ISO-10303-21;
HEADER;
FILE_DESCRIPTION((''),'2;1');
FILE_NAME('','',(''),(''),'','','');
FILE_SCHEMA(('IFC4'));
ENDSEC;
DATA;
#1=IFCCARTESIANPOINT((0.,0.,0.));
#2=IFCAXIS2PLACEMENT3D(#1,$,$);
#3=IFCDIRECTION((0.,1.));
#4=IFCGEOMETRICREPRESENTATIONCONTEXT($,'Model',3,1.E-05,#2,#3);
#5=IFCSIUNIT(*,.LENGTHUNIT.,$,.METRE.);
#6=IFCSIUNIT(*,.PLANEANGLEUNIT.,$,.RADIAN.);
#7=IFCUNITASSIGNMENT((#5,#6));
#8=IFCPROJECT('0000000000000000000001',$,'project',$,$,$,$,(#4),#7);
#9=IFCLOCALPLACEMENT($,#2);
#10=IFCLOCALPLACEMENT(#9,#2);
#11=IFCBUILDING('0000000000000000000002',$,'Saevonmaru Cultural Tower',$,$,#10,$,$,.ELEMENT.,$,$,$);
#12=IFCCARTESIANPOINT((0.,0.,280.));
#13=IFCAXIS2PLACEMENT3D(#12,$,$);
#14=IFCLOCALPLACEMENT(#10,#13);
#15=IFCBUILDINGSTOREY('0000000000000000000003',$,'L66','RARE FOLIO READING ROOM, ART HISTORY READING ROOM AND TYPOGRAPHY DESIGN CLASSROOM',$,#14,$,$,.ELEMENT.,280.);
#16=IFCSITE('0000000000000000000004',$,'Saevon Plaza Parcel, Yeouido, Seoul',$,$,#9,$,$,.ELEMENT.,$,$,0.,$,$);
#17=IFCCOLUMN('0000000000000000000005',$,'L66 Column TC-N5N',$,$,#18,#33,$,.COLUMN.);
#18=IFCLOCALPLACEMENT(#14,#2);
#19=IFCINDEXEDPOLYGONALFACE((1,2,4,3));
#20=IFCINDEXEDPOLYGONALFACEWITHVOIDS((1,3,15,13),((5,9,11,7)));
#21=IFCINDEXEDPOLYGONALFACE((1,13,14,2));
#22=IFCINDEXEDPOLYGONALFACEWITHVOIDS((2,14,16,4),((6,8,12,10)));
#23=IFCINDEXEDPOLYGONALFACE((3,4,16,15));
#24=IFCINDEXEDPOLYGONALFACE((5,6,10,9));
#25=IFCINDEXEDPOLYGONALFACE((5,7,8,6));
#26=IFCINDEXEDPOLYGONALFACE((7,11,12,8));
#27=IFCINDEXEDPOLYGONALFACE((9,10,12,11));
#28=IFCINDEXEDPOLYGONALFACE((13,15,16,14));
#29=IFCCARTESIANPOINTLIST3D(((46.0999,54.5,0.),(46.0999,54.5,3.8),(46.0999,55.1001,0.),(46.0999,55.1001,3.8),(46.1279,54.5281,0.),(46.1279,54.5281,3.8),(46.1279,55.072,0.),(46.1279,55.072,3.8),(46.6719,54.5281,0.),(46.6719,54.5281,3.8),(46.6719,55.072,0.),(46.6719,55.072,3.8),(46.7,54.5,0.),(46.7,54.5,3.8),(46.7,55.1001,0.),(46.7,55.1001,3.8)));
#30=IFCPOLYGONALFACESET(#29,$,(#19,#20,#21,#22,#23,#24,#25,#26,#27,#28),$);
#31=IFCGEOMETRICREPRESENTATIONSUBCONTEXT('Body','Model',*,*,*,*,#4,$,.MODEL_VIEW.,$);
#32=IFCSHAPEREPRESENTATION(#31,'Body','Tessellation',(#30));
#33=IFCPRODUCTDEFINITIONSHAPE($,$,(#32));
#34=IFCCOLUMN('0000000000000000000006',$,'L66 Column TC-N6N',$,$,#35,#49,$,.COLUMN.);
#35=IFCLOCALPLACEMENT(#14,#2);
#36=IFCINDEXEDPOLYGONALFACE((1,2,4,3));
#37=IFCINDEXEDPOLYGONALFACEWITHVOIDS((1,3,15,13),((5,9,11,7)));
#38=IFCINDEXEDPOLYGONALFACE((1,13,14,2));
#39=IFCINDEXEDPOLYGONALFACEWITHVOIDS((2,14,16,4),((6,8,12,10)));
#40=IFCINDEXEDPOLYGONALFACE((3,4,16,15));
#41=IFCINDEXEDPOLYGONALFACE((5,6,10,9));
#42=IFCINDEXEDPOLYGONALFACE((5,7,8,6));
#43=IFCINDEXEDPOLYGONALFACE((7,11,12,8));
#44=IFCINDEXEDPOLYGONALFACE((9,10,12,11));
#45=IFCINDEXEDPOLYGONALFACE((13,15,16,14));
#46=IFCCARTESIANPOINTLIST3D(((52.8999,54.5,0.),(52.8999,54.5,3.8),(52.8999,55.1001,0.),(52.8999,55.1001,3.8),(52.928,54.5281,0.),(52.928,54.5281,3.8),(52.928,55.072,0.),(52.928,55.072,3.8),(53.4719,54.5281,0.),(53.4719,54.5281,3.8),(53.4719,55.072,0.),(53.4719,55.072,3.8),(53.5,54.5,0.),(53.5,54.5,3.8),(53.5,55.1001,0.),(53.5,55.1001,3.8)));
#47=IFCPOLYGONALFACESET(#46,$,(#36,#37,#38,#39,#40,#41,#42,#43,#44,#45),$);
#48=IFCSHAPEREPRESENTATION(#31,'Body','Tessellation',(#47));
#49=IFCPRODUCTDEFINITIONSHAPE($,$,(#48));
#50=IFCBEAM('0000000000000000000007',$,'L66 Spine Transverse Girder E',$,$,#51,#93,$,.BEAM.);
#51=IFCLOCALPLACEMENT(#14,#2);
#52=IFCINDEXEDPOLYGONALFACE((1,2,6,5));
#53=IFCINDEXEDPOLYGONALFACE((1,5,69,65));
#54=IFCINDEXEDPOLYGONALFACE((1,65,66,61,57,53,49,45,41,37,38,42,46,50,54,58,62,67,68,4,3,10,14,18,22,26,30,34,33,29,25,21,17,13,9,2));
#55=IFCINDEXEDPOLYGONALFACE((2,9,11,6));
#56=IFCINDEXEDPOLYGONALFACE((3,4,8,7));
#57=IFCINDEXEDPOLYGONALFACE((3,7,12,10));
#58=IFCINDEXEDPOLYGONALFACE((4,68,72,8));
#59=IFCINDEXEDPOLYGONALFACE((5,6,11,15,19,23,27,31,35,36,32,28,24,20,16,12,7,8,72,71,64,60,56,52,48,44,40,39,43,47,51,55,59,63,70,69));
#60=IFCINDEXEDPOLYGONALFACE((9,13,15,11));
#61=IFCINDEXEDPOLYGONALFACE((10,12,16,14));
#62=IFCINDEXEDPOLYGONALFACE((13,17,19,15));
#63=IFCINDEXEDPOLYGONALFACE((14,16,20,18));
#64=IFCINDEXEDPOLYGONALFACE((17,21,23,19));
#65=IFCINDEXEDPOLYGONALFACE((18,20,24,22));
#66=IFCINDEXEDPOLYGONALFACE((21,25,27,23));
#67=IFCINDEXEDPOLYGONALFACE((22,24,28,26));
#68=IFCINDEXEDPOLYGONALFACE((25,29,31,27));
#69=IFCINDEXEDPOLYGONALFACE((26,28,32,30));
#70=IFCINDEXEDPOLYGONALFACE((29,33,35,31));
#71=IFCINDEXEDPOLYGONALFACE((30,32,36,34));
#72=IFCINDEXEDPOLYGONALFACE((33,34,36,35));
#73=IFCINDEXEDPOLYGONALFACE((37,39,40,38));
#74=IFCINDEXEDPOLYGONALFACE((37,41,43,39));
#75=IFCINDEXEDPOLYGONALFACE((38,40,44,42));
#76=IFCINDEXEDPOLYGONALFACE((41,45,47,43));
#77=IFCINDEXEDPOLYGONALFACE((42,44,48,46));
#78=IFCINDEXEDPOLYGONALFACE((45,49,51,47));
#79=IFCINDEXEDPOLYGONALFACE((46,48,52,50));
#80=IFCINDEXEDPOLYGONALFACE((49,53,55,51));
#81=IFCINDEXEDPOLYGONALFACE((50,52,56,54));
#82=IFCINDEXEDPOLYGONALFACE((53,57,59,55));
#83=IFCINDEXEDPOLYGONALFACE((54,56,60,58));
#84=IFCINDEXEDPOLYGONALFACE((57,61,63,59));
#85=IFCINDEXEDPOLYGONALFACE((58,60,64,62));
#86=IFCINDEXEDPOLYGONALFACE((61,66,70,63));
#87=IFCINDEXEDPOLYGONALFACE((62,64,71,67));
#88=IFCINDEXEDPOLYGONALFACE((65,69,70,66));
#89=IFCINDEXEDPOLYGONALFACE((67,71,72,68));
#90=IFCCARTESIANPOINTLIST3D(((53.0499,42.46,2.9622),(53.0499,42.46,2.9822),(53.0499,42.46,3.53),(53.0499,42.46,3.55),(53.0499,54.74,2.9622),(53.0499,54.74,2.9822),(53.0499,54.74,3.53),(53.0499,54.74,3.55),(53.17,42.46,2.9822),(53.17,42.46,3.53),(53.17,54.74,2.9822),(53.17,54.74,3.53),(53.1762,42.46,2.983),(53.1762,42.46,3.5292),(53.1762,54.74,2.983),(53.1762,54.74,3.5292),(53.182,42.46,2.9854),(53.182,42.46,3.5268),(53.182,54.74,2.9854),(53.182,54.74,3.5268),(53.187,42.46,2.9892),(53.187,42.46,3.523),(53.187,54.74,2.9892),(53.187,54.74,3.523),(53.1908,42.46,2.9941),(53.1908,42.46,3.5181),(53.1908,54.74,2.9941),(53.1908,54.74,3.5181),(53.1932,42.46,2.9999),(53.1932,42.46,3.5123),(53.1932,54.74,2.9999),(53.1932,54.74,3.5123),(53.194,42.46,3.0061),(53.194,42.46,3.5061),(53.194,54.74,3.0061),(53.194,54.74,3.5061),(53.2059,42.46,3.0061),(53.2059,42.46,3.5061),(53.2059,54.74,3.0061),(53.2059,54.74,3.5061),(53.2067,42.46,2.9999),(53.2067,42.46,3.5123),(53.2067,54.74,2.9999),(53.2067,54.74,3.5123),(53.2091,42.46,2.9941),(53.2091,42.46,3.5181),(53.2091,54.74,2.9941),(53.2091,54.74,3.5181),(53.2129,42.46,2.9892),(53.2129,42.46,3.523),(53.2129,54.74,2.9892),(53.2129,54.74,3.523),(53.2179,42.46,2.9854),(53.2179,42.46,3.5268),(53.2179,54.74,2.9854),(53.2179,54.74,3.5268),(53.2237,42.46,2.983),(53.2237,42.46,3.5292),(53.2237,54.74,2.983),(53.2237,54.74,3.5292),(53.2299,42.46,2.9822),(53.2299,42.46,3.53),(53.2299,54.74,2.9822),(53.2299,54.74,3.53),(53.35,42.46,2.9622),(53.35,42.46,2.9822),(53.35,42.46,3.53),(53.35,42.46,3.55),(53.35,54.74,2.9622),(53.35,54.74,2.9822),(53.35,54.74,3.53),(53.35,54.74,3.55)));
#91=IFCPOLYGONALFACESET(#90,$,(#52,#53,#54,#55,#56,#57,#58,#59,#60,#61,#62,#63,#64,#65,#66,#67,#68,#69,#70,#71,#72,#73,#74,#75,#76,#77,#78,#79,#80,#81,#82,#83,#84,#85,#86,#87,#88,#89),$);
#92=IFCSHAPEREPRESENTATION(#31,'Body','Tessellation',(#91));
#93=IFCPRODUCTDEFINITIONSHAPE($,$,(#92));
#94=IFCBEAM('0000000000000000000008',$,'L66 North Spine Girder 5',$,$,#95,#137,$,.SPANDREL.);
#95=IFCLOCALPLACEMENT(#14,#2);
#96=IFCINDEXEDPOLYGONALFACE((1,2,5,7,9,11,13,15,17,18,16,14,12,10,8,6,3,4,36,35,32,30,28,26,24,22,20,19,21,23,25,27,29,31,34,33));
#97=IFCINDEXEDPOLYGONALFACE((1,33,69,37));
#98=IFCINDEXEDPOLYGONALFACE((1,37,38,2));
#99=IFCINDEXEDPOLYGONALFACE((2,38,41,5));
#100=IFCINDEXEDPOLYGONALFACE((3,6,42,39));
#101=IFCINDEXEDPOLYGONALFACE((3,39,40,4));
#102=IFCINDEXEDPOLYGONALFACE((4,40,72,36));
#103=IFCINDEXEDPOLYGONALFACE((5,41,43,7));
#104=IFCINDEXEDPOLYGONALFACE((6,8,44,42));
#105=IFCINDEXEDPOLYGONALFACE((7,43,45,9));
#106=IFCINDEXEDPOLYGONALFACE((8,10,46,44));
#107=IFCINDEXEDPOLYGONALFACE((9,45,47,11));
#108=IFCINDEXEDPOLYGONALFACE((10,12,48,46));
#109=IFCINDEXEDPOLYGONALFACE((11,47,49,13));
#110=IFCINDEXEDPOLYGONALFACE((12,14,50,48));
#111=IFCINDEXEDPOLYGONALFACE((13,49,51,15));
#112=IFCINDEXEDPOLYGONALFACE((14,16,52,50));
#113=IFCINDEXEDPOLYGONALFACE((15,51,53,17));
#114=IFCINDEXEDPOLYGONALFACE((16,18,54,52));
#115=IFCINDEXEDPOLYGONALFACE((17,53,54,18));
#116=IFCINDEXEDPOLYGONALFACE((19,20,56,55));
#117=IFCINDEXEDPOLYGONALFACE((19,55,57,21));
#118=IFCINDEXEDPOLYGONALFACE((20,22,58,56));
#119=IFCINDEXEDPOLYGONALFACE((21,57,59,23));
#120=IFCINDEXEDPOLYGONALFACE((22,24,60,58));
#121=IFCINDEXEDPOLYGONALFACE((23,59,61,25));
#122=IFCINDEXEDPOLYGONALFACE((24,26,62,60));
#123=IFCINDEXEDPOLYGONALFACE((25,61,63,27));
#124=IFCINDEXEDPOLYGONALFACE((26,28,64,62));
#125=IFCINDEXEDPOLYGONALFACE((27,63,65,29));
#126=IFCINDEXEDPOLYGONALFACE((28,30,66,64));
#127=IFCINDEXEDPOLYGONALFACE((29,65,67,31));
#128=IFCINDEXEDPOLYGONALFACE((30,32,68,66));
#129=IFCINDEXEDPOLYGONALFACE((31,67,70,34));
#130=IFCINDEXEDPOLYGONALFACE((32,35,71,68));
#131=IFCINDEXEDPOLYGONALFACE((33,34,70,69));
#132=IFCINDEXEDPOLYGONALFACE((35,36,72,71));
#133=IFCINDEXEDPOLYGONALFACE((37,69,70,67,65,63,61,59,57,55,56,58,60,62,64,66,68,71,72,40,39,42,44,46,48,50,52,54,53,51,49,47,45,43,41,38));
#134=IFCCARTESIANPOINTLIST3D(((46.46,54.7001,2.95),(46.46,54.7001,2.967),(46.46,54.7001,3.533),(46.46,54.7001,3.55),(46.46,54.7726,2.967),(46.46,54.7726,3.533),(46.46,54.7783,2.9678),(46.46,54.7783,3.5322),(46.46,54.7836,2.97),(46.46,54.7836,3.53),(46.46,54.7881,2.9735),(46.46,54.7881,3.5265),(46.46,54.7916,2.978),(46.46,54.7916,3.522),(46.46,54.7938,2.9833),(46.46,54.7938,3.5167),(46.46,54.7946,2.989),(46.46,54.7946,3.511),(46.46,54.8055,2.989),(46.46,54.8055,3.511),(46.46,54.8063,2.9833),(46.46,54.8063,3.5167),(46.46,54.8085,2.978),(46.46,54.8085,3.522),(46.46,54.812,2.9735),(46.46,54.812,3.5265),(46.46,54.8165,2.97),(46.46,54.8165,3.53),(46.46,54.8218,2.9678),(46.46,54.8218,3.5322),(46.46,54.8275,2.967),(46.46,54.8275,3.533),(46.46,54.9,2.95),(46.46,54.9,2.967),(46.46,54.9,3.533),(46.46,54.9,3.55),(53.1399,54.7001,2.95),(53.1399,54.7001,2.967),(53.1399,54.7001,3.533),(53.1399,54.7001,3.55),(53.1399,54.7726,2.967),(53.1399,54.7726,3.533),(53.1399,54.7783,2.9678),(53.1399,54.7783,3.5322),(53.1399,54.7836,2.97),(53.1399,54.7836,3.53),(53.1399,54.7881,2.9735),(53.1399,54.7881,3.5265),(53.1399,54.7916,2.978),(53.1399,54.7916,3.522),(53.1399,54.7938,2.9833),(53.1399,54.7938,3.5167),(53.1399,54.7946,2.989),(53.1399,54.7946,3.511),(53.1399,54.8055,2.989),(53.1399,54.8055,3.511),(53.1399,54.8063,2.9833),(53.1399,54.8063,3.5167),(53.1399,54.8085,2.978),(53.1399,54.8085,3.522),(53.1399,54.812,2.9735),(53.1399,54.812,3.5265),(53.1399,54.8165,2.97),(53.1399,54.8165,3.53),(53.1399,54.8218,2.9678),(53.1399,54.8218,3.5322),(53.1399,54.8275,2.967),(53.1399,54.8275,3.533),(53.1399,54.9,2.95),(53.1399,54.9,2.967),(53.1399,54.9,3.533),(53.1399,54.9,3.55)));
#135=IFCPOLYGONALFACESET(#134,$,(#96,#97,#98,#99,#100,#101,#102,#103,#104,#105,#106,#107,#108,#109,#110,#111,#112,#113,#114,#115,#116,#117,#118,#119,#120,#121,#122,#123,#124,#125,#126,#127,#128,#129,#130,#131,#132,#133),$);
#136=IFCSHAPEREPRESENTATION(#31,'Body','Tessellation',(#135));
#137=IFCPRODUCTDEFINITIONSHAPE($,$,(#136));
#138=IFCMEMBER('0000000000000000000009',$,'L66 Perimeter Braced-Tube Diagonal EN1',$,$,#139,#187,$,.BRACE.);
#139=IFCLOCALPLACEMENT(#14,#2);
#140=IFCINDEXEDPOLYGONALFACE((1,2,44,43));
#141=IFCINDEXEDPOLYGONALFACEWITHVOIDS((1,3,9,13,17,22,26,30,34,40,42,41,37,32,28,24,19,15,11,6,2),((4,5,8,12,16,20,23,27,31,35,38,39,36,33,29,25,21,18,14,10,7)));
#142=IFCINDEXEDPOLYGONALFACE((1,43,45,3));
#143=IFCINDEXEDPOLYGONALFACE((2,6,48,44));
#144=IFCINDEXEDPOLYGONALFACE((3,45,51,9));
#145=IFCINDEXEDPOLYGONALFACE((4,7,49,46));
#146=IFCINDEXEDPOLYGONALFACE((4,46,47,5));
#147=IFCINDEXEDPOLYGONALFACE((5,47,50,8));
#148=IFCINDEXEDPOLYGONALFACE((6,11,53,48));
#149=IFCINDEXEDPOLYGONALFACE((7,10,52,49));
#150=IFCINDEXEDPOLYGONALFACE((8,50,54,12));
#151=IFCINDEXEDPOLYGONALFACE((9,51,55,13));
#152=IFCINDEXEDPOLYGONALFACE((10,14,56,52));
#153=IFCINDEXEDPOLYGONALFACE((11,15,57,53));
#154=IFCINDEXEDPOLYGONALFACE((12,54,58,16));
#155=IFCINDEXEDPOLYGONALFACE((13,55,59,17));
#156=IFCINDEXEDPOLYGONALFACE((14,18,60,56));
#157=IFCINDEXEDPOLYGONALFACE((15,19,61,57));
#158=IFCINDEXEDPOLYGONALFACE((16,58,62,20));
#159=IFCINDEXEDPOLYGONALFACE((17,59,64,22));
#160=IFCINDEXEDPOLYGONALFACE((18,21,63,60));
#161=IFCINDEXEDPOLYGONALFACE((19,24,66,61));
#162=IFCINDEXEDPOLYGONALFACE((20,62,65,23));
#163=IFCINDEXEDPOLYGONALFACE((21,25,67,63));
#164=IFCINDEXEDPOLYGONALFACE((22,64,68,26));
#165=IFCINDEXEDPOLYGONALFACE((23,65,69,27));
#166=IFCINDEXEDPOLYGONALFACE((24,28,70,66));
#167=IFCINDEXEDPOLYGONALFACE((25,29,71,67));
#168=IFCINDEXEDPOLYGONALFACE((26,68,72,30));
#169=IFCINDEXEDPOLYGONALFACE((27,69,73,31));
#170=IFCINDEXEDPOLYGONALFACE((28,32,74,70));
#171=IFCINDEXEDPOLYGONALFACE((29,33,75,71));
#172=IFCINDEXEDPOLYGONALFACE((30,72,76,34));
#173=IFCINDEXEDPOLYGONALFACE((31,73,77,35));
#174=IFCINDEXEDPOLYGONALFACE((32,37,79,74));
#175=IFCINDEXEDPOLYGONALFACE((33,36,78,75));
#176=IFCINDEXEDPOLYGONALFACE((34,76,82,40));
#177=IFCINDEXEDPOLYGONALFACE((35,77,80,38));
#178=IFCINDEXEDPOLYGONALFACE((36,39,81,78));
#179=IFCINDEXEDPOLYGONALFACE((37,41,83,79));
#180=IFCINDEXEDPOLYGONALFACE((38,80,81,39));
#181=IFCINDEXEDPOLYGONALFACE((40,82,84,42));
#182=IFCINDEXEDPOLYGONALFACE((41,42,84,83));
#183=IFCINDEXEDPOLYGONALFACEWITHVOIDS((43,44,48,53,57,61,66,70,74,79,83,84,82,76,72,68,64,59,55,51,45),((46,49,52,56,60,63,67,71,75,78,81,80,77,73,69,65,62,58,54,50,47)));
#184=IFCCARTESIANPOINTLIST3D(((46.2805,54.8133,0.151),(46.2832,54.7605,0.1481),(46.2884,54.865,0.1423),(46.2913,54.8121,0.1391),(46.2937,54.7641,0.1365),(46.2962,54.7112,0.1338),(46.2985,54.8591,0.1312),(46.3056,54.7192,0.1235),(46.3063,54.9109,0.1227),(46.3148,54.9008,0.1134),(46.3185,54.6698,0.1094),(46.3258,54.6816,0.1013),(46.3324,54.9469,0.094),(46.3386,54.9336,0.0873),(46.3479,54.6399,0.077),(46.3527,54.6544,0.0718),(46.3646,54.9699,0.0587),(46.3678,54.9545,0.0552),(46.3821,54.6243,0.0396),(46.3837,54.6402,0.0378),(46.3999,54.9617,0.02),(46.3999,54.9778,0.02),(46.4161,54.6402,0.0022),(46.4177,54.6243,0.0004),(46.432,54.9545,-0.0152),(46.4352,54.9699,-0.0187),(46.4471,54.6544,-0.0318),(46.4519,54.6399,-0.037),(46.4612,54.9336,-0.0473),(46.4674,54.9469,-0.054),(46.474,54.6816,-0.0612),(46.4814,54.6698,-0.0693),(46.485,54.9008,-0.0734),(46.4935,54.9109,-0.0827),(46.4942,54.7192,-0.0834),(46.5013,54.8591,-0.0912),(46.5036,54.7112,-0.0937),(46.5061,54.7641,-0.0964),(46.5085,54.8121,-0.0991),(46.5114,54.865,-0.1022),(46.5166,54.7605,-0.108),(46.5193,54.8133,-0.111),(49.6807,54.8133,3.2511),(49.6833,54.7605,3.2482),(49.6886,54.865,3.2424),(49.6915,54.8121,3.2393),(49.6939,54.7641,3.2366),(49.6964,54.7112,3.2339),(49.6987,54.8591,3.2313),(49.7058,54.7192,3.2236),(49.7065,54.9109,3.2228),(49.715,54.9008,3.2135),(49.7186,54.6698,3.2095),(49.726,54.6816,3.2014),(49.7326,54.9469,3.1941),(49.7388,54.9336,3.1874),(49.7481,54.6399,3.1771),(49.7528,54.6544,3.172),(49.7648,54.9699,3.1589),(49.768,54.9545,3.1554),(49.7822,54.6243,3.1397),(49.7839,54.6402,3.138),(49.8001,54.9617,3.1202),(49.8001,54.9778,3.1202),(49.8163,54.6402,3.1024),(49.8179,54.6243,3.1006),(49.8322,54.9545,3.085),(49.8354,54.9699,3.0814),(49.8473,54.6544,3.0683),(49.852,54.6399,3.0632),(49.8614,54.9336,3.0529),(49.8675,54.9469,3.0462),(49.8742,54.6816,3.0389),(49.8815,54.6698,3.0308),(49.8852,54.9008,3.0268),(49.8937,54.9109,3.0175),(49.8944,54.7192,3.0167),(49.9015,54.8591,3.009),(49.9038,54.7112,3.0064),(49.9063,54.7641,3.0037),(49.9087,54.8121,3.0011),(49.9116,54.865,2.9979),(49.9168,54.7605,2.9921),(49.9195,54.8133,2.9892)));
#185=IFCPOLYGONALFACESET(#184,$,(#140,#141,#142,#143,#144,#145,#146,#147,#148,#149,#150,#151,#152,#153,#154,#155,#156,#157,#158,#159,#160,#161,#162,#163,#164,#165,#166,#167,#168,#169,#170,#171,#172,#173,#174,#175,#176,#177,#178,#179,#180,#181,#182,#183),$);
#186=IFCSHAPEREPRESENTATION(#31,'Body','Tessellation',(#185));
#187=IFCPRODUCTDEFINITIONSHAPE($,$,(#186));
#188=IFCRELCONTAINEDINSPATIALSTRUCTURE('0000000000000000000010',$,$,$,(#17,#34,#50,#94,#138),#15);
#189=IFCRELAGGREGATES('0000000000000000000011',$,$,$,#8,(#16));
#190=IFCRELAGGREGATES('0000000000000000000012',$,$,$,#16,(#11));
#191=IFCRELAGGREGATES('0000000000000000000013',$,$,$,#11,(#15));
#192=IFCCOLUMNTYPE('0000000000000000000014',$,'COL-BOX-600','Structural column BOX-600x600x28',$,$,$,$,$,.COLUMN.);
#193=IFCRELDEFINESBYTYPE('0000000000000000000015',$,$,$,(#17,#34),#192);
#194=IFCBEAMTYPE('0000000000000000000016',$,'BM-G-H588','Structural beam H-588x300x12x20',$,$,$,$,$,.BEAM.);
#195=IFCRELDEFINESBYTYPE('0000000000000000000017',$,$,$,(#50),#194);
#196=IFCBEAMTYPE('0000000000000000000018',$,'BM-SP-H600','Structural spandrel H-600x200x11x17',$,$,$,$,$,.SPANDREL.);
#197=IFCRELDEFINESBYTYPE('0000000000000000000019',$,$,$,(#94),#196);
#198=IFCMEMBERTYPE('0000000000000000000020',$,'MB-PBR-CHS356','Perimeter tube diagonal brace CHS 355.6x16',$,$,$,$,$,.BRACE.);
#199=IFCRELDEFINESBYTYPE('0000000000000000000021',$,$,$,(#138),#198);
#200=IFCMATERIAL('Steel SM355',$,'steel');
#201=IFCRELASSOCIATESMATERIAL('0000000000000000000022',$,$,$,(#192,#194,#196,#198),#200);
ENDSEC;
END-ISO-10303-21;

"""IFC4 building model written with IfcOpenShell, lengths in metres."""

from ifc_helpers import new_model, si_unit, direction, frame, origin, origin_2d, place, context, subcontext, project, spatial, hollow_rectangle, hollow_circle, i_section, extrude, material, material_profile, profile_set, type_object, element, save


model = new_model("IFC4")

# Units and contexts
model_context = context("Model", 3, precision=1e-05, world=origin(), true_north=direction((0.0, 1.0)))
body_context = subcontext(model_context, "Body", "Model", "MODEL_VIEW")
ifc_project = project(units=[si_unit("LENGTHUNIT", "METRE"), si_unit("PLANEANGLEUNIT", "RADIAN")], contexts=[model_context])

# Site, building, storey
site_placement = place(None, origin())
site = spatial("IfcSite", under=ifc_project, at=site_placement, Name="Saevon Plaza Parcel, Yeouido, Seoul", CompositionType="ELEMENT", RefElevation=0.0)
building_placement = place(site_placement, origin())
building = spatial("IfcBuilding", under=site, at=building_placement, Name="Saevonmaru Cultural Tower", CompositionType="ELEMENT")
storey_placement = place(building_placement, frame((0.0, 0.0, 280.0)))
storey = spatial("IfcBuildingStorey", under=building, at=storey_placement, Name="L66", Description="RARE FOLIO READING ROOM, ART HISTORY READING ROOM AND TYPOGRAPHY DESIGN CLASSROOM", CompositionType="ELEMENT", Elevation=280.0)

# Columns
ifc_material_1 = material(Name="Steel SM355", Category="steel")
ifc_material_profile_1 = material_profile(ifc_material_1, hollow_rectangle(XDim=0.6001, YDim=0.6001, WallThickness=0.0281, at=origin_2d()), Name="BOX-600x600x28")
ifc_profile_set_1 = profile_set([ifc_material_profile_1], Name="Steel SM355")
column_type = type_object("IfcColumnType", Name="COL-BOX-600", Description="Structural column BOX-600x600x28", PredefinedType="COLUMN", material=ifc_profile_set_1)
for number, where, z_axis, x_axis, name in (
    (1, (46.3999, 54.8, 0.0), (0.0, 0.0, 1.0), (1.0, 0.0, 0.0), "L66 Column TC-N5N"),
    (2, (53.2, 54.8, 0.0), (0.0, 0.0, 1.0), (1.0, 0.0, 0.0), "L66 Column TC-N6N"),
):
    element("IfcColumn", number, at=place(storey_placement, frame(where, z_axis=z_axis, x_axis=x_axis)), inside=storey, type_object=column_type, Name=name, PredefinedType="COLUMN", context=body_context, shape_type="SweptSolid", body=[
        extrude(hollow_rectangle(XDim=0.6001, YDim=0.6001, WallThickness=0.0281, at=origin_2d()), origin(), (0.0, 0.0, 1.0), 3.8),
    ])

# Beams
ifc_material_profile_2 = material_profile(ifc_material_1, i_section(OverallWidth=0.3, OverallDepth=0.5879, WebThickness=0.012, FlangeThickness=0.02, FilletRadius=0.0239, at=origin_2d()), Name="H-588x300x12x20")
ifc_profile_set_2 = profile_set([ifc_material_profile_2], Name="Steel SM355")
beam_type_1 = type_object("IfcBeamType", Name="BM-G-H588", Description="Structural beam H-588x300x12x20", PredefinedType="BEAM", material=ifc_profile_set_2)
beam_1_placement = place(storey_placement, frame((53.2, 54.74, 3.2561), z_axis=(0.0, -1.0, 0.0), x_axis=(1.0, 0.0, 0.0)))
element("IfcBeam", 3, at=beam_1_placement, inside=storey, type_object=beam_type_1, Name="L66 Spine Transverse Girder E", PredefinedType="BEAM", context=body_context, shape_type="SweptSolid", body=[
    extrude(i_section(OverallWidth=0.3, OverallDepth=0.5879, WebThickness=0.012, FlangeThickness=0.02, FilletRadius=0.0239, at=origin_2d()), origin(), (0.0, 0.0, 1.0), 12.28),
])
ifc_material_profile_3 = material_profile(ifc_material_1, i_section(OverallWidth=0.2, OverallDepth=0.6001, WebThickness=0.011, FlangeThickness=0.0171, FilletRadius=0.022, at=origin_2d()), Name="H-600x200x11x17")
ifc_profile_set_3 = profile_set([ifc_material_profile_3], Name="Steel SM355")
beam_type_2 = type_object("IfcBeamType", Name="BM-SP-H600", Description="Structural spandrel H-600x200x11x17", PredefinedType="SPANDREL", material=ifc_profile_set_3)
beam_2_placement = place(storey_placement, frame((46.46, 54.8, 3.25), z_axis=(1.0, 0.0, 0.0), x_axis=(0.0, 1.0, 0.0)))
element("IfcBeam", 4, at=beam_2_placement, inside=storey, type_object=beam_type_2, Name="L66 North Spine Girder 5", PredefinedType="SPANDREL", context=body_context, shape_type="SweptSolid", body=[
    extrude(i_section(OverallWidth=0.2, OverallDepth=0.6001, WebThickness=0.011, FlangeThickness=0.0171, FilletRadius=0.022, at=origin_2d()), origin(), (0.0, 0.0, 1.0), 6.6799),
])

# Member
ifc_material_profile_4 = material_profile(ifc_material_1, hollow_circle(Radius=0.1777, WallThickness=0.0161, at=origin_2d()), Name="CHS-355.6x16")
ifc_profile_set_4 = profile_set([ifc_material_profile_4], Name="Steel SM355")
member_type_1 = type_object("IfcMemberType", Name="MB-PBR-CHS356", Description="Perimeter tube diagonal brace CHS 355.6x16", PredefinedType="BRACE", material=ifc_profile_set_4)
member_1_placement = place(storey_placement, frame((46.3999, 54.8, 0.02), z_axis=(0.73896, 0.0, 0.67375), x_axis=(0.0, 1.0, 0.0)))
element("IfcMember", 5, at=member_1_placement, inside=storey, type_object=member_type_1, Name="L66 Perimeter Braced-Tube Diagonal EN1", PredefinedType="BRACE", context=body_context, shape_type="SweptSolid", body=[
    extrude(hollow_circle(Radius=0.1777, WallThickness=0.0161, at=origin_2d()), origin(), (0.0, 0.0, 1.0), 4.6013),
])

save(model, "model.ifc")
